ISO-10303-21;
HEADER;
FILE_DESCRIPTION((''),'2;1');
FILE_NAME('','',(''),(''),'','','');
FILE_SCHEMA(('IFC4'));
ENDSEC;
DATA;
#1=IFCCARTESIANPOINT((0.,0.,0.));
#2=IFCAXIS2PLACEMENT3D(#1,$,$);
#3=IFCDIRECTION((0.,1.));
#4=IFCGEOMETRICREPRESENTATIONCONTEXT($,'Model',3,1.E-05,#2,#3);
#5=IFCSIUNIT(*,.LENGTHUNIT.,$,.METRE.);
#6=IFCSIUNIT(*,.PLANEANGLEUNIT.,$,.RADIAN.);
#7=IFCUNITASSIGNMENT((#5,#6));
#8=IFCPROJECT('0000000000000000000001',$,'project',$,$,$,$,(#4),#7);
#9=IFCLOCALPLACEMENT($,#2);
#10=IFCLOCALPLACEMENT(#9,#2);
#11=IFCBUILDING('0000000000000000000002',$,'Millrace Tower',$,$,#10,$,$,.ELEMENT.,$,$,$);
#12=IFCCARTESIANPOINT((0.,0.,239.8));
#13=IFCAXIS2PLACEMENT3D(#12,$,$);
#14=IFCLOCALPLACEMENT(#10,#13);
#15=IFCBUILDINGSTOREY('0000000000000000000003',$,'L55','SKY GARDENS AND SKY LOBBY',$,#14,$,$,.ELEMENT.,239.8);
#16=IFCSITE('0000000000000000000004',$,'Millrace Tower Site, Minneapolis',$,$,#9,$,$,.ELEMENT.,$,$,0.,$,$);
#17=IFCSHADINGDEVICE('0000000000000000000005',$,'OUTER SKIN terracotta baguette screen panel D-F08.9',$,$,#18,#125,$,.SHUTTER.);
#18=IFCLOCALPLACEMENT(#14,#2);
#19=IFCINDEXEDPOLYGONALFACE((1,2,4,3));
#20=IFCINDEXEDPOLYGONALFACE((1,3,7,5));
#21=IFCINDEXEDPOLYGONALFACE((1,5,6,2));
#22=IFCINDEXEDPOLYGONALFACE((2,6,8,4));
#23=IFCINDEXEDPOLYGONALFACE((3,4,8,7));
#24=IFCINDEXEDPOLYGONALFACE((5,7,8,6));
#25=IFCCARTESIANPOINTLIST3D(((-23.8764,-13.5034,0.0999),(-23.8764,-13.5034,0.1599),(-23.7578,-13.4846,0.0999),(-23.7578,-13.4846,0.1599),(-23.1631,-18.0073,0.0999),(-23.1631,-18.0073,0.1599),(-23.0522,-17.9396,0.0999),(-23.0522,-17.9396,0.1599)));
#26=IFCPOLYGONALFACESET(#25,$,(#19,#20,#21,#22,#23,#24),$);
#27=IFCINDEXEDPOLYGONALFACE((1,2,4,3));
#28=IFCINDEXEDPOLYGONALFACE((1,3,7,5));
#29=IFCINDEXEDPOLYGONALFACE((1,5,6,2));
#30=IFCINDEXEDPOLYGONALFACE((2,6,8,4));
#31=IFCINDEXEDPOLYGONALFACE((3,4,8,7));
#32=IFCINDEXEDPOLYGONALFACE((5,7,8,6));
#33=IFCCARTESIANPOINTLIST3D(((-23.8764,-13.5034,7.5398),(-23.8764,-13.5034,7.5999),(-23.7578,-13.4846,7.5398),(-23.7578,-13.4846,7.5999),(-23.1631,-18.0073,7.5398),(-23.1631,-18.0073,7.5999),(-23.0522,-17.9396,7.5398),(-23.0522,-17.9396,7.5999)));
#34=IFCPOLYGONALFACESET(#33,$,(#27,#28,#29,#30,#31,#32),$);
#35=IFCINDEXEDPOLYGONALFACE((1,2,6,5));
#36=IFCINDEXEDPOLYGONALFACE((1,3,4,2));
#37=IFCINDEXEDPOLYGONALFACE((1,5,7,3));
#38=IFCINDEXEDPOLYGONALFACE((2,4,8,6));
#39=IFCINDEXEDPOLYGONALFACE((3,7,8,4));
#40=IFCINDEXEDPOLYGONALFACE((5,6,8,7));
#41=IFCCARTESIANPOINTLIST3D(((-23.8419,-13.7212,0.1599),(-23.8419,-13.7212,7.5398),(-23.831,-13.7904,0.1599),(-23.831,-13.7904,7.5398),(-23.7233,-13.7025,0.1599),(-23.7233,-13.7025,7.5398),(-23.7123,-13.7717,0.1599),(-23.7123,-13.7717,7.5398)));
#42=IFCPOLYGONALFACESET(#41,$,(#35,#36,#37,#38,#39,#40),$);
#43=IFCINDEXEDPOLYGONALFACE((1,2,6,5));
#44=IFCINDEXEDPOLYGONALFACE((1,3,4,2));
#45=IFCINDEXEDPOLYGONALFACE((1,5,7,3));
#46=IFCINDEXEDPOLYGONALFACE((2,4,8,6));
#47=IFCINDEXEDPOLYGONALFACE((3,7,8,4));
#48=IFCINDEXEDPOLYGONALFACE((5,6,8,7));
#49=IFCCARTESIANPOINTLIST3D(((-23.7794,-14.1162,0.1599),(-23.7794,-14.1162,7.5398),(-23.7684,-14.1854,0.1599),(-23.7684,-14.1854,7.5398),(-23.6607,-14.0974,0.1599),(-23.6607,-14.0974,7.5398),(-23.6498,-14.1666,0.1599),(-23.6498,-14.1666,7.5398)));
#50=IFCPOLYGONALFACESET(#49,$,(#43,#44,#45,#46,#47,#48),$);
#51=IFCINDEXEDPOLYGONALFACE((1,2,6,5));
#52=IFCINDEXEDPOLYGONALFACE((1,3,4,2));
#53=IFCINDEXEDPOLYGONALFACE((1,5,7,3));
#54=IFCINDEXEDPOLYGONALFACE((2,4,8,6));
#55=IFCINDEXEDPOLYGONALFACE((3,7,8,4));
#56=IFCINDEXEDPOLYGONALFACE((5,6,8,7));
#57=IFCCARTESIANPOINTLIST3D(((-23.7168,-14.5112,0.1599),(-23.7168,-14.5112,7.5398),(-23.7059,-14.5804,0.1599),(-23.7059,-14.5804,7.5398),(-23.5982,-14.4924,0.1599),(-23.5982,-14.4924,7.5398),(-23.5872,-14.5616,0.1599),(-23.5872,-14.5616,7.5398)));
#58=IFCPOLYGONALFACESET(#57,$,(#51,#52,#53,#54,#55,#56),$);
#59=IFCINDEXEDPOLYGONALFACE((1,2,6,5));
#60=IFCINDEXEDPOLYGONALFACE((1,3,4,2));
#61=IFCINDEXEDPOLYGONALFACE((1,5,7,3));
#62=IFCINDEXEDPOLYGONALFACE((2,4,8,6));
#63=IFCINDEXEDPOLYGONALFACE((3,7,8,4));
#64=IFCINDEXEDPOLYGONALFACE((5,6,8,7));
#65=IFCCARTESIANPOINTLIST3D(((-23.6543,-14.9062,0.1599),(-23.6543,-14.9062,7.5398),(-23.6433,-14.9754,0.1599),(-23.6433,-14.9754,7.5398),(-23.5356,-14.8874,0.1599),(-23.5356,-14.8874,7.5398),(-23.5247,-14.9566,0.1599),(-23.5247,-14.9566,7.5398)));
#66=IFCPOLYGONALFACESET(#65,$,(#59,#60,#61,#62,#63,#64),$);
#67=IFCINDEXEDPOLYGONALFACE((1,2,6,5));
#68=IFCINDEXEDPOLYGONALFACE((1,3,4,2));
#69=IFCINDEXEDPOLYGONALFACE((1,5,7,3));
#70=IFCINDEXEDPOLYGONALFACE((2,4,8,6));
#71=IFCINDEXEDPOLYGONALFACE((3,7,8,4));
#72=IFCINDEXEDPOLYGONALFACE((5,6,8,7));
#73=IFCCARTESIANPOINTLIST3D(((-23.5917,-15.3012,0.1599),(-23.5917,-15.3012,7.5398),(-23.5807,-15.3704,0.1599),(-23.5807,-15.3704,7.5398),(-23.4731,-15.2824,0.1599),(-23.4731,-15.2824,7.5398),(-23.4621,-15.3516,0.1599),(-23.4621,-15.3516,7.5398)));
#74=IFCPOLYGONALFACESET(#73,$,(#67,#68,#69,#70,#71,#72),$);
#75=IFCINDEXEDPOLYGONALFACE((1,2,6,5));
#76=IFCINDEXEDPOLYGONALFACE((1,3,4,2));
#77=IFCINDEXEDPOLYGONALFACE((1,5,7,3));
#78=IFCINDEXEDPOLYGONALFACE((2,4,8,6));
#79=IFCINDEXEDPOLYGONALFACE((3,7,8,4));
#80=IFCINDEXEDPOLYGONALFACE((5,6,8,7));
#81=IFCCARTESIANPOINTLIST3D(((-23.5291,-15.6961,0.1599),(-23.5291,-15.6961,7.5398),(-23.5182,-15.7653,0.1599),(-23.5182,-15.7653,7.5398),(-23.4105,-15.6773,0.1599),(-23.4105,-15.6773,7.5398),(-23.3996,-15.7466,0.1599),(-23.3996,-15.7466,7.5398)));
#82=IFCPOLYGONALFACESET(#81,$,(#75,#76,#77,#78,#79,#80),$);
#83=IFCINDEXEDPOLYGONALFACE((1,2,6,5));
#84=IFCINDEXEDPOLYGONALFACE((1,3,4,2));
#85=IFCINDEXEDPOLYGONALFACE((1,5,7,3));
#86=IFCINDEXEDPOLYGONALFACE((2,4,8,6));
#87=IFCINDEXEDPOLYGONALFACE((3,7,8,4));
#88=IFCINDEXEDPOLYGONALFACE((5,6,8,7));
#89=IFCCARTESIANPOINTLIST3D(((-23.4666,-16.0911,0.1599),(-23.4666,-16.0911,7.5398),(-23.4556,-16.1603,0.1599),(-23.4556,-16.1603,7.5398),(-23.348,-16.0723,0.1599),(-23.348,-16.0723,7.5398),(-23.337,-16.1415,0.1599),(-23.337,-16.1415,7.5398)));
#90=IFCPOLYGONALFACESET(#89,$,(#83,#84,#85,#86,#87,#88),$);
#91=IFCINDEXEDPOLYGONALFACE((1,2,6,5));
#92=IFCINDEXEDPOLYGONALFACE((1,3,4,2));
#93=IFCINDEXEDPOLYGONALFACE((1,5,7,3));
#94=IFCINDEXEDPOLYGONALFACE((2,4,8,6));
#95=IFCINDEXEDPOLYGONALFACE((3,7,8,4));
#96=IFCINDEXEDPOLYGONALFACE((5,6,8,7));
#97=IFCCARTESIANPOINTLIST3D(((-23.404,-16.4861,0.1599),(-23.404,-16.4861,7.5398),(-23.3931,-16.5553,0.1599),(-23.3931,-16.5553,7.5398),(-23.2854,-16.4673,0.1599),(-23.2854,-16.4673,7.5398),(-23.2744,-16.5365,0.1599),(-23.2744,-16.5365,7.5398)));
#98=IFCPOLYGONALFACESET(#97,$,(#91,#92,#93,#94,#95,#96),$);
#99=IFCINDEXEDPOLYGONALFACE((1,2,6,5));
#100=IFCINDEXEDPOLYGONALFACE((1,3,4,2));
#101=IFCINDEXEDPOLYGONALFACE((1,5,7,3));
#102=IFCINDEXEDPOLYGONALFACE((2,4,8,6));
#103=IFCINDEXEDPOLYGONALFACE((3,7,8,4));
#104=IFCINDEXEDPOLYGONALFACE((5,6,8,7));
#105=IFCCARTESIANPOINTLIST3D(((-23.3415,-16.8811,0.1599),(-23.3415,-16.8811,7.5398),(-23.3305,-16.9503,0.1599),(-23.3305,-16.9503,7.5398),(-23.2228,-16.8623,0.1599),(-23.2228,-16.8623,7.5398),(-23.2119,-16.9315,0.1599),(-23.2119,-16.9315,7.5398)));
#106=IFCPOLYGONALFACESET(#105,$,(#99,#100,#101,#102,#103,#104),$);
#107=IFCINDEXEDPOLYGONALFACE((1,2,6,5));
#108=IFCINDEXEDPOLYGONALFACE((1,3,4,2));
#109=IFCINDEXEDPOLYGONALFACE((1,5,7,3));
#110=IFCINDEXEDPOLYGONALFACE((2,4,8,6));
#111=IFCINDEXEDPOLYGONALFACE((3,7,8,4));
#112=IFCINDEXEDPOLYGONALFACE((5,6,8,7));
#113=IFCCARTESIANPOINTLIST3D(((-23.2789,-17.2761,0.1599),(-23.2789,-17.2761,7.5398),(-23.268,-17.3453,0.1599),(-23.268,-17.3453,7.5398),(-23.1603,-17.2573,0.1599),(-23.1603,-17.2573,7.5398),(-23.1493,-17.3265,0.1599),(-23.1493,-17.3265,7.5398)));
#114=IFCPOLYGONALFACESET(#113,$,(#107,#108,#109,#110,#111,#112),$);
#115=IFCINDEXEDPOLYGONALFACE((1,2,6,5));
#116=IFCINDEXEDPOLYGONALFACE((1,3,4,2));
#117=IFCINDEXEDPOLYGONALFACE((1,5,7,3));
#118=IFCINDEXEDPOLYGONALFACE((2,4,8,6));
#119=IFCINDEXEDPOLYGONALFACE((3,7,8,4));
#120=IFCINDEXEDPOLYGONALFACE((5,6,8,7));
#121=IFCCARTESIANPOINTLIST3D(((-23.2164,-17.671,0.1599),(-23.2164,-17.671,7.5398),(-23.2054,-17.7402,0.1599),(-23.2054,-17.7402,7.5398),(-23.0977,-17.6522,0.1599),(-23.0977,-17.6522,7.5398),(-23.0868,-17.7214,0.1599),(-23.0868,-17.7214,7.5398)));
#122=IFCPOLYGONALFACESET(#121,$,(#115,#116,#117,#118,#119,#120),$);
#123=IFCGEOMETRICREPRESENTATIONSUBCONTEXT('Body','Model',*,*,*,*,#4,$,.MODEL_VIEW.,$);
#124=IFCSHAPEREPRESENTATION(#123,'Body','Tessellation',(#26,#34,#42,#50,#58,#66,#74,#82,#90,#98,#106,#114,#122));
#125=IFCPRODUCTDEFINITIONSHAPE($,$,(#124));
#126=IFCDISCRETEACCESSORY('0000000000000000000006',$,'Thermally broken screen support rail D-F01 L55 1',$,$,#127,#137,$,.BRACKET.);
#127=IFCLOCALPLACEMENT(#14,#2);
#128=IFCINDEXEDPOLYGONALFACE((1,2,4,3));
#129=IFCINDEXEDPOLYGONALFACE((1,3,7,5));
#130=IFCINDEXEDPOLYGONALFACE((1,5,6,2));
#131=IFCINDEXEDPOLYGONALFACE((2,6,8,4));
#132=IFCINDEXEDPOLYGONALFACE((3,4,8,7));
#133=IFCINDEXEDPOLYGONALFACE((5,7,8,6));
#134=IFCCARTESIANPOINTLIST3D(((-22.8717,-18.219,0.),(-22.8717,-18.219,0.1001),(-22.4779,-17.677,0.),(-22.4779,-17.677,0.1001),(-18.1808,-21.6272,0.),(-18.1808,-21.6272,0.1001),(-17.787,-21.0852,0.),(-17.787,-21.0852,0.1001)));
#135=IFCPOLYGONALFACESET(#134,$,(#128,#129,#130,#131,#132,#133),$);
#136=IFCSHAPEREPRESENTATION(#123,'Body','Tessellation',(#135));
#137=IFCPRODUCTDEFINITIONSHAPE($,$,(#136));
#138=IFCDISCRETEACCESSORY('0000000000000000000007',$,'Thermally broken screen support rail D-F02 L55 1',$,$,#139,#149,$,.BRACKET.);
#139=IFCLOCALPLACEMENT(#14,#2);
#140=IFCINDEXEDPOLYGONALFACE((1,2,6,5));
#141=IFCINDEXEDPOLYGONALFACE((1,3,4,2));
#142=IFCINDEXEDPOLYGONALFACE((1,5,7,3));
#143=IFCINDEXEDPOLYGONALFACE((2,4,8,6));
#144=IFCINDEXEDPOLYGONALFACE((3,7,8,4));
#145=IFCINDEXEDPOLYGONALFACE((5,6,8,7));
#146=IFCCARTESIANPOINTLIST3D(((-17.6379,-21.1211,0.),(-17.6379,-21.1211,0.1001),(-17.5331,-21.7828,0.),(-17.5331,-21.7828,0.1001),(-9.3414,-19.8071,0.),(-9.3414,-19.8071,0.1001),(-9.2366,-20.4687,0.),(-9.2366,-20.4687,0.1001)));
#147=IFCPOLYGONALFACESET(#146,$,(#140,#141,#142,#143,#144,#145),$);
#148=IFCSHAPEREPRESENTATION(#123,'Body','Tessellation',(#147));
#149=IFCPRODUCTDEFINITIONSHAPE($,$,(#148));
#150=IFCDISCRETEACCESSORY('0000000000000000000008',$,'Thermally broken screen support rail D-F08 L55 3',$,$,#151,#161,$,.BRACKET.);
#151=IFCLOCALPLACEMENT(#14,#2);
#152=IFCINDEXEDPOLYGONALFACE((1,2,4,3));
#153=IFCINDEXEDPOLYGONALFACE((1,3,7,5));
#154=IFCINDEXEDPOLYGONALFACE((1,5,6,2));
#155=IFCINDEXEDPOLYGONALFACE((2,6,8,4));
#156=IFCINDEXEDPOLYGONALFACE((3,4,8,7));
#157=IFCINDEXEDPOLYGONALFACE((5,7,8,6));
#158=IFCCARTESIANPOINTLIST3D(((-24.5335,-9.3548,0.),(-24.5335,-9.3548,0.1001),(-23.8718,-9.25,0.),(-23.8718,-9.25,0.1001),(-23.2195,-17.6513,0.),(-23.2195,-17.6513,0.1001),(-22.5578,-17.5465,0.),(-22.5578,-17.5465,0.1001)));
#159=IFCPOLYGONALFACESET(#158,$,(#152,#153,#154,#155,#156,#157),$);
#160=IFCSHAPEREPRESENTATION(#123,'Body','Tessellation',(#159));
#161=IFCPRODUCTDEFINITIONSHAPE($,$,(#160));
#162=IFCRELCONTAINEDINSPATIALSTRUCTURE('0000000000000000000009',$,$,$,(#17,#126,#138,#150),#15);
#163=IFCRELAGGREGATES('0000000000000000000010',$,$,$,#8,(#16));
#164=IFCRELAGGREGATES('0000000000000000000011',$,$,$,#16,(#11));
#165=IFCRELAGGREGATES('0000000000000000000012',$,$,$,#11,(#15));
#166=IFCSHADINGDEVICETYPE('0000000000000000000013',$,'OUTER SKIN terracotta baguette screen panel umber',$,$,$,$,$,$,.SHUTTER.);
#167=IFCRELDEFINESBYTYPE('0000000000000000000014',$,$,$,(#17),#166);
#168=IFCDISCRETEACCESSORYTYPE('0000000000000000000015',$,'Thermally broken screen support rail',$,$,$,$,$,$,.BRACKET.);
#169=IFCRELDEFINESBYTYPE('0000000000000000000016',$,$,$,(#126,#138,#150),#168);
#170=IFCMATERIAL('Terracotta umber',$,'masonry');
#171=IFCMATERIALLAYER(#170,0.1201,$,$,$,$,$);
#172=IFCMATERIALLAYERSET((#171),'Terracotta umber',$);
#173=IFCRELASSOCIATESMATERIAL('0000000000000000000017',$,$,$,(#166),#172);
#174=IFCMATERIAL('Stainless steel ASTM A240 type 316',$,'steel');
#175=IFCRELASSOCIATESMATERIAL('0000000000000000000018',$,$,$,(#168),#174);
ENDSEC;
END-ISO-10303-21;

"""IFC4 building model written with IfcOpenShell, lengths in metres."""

from ifc_helpers import new_model, entity, si_unit, direction, frame, frame_2d, origin, origin_2d, place, context, subcontext, project, spatial, rectangle, extrude, source, transform, mapped, material, layer, layer_set, type_object, element, save


model = new_model("IFC4")

# Units and contexts
model_context = context("Model", 3, precision=1e-05, world=origin(), true_north=direction((0.0, 1.0)))
body_context = subcontext(model_context, "Body", "Model", "MODEL_VIEW")
ifc_project = project(units=[si_unit("LENGTHUNIT", "METRE"), si_unit("PLANEANGLEUNIT", "RADIAN")], contexts=[model_context])

# Site, building, storey
site_placement = place(None, origin())
site = spatial("IfcSite", under=ifc_project, at=site_placement, Name="Millrace Tower Site, Minneapolis", CompositionType="ELEMENT", RefElevation=0.0)
building_placement = place(site_placement, origin())
building = spatial("IfcBuilding", under=site, at=building_placement, Name="Millrace Tower", CompositionType="ELEMENT")
storey_placement = place(building_placement, frame((0.0, 0.0, 239.8)))
storey = spatial("IfcBuildingStorey", under=building, at=storey_placement, Name="L55", Description="SKY GARDENS AND SKY LOBBY", CompositionType="ELEMENT", Elevation=239.8)

# Shading device
ifc_material_1 = material(Name="Terracotta umber", Category="masonry")
ifc_layer_1 = layer(ifc_material_1, 0.1201)
ifc_layer_set_1 = layer_set([ifc_layer_1], Name="Terracotta umber")
shading_device_type = type_object("IfcShadingDeviceType", Name="OUTER SKIN terracotta baguette screen panel umber", PredefinedType="SHUTTER", material=ifc_layer_set_1)
cartesian_point_1 = entity("IfcCartesianPoint", [-2.2676, 0.0601])
shared_polyline_1 = entity("IfcPolyline", [cartesian_point_1, entity("IfcCartesianPoint", [2.2429, 0.0601]), entity("IfcCartesianPoint", [2.2925, -0.0601]), entity("IfcCartesianPoint", [-2.2676, -0.0601]), cartesian_point_1])
shared_shape_1 = source(origin(), body_context, "Body", "SweptSolid", [
    entity("IfcExtrudedAreaSolid", entity("IfcArbitraryClosedProfileDef", "AREA", None, shared_polyline_1), entity("IfcAxis2Placement3D", entity("IfcCartesianPoint", [0.0, 0.0, 0.0])), entity("IfcDirection", [0.0, 0.0, 1.0]), 0.0601),
    entity("IfcExtrudedAreaSolid", entity("IfcArbitraryClosedProfileDef", "AREA", None, shared_polyline_1), entity("IfcAxis2Placement3D", entity("IfcCartesianPoint", [0.0, 0.0, 7.4399])), entity("IfcDirection", [0.0, 0.0, 1.0]), 0.0601),
    extrude(rectangle(XDim=0.0701, YDim=0.1201, at=frame_2d((-2.012, 0.0))), frame((0.0, 0.0, 0.0601)), (0.0, 0.0, 1.0), 7.3799),
    extrude(rectangle(XDim=0.0701, YDim=0.1201, at=frame_2d((-1.6121, 0.0))), frame((0.0, 0.0, 0.0601)), (0.0, 0.0, 1.0), 7.3799),
    extrude(rectangle(XDim=0.0701, YDim=0.1201, at=frame_2d((-1.2122, 0.0))), frame((0.0, 0.0, 0.0601)), (0.0, 0.0, 1.0), 7.3799),
    extrude(rectangle(XDim=0.0701, YDim=0.1201, at=frame_2d((-0.8123, 0.0))), frame((0.0, 0.0, 0.0601)), (0.0, 0.0, 1.0), 7.3799),
    extrude(rectangle(XDim=0.0701, YDim=0.1201, at=frame_2d((-0.4124, 0.0))), frame((0.0, 0.0, 0.0601)), (0.0, 0.0, 1.0), 7.3799),
    extrude(rectangle(XDim=0.0701, YDim=0.1201, at=frame_2d((-0.0125, 0.0))), frame((0.0, 0.0, 0.0601)), (0.0, 0.0, 1.0), 7.3799),
    extrude(rectangle(XDim=0.0701, YDim=0.1201, at=frame_2d((0.3875, 0.0))), frame((0.0, 0.0, 0.0601)), (0.0, 0.0, 1.0), 7.3799),
    extrude(rectangle(XDim=0.0701, YDim=0.1201, at=frame_2d((0.7874, 0.0))), frame((0.0, 0.0, 0.0601)), (0.0, 0.0, 1.0), 7.3799),
    extrude(rectangle(XDim=0.0701, YDim=0.1201, at=frame_2d((1.1873, 0.0))), frame((0.0, 0.0, 0.0601)), (0.0, 0.0, 1.0), 7.3799),
    extrude(rectangle(XDim=0.0701, YDim=0.1201, at=frame_2d((1.5872, 0.0))), frame((0.0, 0.0, 0.0601)), (0.0, 0.0, 1.0), 7.3799),
    extrude(rectangle(XDim=0.0701, YDim=0.1201, at=frame_2d((1.9871, 0.0))), frame((0.0, 0.0, 0.0601)), (0.0, 0.0, 1.0), 7.3799),
])
shading_device_1_placement = place(storey_placement, frame((-23.4624, -15.7336, 0.0999), z_axis=(0.0, 0.0, 1.0), x_axis=(0.156434, -0.987688, 0.0)))
element("IfcShadingDevice", 1, at=shading_device_1_placement, inside=storey, type_object=shading_device_type, Name="OUTER SKIN terracotta baguette screen panel D-F08.9", PredefinedType="SHUTTER", context=body_context, shape_type="MappedRepresentation", body=[
    mapped(shared_shape_1, transform((0.0, 0.0, 0.0), scale=1.0)),
])

# Discrete accessories
ifc_material_2 = material(Name="Stainless steel ASTM A240 type 316", Category="steel")
discrete_accessory_type = type_object("IfcDiscreteAccessoryType", Name="Thermally broken screen support rail", PredefinedType="BRACKET", material=ifc_material_2)
discrete_accessory_placement = place(storey_placement, frame((-20.3293, -19.6521, 0.0), z_axis=(0.0, 0.0, 1.0), x_axis=(0.809017, -0.587785, 0.0)))
element("IfcDiscreteAccessory", 2, at=discrete_accessory_placement, inside=storey, type_object=discrete_accessory_type, Name="Thermally broken screen support rail D-F01 L55 1", PredefinedType="BRACKET", context=body_context, shape_type="SweptSolid", body=[
    extrude(rectangle(XDim=5.7983, YDim=0.6699, at=origin_2d()), origin(), (0.0, 0.0, 1.0), 0.1001),
])
for number, where, z_axis, x_axis, name in (
    (3, (-13.4373, -20.7949, 0.0), (0.0, 0.0, 1.0), (0.987688, 0.156434, 0.0), "Thermally broken screen support rail D-F02 L55 1"),
    (4, (-23.5457, -13.4507, 0.0), (0.0, 0.0, 1.0), (0.156434, -0.987688, 0.0), "Thermally broken screen support rail D-F08 L55 3"),
):
    element("IfcDiscreteAccessory", number, at=place(storey_placement, frame(where, z_axis=z_axis, x_axis=x_axis)), inside=storey, type_object=discrete_accessory_type, Name=name, PredefinedType="BRACKET", context=body_context, shape_type="SweptSolid", body=[
        extrude(rectangle(XDim=8.3999, YDim=0.6699, at=origin_2d()), origin(), (0.0, 0.0, 1.0), 0.1001),
    ])

save(model, "model.ifc")
